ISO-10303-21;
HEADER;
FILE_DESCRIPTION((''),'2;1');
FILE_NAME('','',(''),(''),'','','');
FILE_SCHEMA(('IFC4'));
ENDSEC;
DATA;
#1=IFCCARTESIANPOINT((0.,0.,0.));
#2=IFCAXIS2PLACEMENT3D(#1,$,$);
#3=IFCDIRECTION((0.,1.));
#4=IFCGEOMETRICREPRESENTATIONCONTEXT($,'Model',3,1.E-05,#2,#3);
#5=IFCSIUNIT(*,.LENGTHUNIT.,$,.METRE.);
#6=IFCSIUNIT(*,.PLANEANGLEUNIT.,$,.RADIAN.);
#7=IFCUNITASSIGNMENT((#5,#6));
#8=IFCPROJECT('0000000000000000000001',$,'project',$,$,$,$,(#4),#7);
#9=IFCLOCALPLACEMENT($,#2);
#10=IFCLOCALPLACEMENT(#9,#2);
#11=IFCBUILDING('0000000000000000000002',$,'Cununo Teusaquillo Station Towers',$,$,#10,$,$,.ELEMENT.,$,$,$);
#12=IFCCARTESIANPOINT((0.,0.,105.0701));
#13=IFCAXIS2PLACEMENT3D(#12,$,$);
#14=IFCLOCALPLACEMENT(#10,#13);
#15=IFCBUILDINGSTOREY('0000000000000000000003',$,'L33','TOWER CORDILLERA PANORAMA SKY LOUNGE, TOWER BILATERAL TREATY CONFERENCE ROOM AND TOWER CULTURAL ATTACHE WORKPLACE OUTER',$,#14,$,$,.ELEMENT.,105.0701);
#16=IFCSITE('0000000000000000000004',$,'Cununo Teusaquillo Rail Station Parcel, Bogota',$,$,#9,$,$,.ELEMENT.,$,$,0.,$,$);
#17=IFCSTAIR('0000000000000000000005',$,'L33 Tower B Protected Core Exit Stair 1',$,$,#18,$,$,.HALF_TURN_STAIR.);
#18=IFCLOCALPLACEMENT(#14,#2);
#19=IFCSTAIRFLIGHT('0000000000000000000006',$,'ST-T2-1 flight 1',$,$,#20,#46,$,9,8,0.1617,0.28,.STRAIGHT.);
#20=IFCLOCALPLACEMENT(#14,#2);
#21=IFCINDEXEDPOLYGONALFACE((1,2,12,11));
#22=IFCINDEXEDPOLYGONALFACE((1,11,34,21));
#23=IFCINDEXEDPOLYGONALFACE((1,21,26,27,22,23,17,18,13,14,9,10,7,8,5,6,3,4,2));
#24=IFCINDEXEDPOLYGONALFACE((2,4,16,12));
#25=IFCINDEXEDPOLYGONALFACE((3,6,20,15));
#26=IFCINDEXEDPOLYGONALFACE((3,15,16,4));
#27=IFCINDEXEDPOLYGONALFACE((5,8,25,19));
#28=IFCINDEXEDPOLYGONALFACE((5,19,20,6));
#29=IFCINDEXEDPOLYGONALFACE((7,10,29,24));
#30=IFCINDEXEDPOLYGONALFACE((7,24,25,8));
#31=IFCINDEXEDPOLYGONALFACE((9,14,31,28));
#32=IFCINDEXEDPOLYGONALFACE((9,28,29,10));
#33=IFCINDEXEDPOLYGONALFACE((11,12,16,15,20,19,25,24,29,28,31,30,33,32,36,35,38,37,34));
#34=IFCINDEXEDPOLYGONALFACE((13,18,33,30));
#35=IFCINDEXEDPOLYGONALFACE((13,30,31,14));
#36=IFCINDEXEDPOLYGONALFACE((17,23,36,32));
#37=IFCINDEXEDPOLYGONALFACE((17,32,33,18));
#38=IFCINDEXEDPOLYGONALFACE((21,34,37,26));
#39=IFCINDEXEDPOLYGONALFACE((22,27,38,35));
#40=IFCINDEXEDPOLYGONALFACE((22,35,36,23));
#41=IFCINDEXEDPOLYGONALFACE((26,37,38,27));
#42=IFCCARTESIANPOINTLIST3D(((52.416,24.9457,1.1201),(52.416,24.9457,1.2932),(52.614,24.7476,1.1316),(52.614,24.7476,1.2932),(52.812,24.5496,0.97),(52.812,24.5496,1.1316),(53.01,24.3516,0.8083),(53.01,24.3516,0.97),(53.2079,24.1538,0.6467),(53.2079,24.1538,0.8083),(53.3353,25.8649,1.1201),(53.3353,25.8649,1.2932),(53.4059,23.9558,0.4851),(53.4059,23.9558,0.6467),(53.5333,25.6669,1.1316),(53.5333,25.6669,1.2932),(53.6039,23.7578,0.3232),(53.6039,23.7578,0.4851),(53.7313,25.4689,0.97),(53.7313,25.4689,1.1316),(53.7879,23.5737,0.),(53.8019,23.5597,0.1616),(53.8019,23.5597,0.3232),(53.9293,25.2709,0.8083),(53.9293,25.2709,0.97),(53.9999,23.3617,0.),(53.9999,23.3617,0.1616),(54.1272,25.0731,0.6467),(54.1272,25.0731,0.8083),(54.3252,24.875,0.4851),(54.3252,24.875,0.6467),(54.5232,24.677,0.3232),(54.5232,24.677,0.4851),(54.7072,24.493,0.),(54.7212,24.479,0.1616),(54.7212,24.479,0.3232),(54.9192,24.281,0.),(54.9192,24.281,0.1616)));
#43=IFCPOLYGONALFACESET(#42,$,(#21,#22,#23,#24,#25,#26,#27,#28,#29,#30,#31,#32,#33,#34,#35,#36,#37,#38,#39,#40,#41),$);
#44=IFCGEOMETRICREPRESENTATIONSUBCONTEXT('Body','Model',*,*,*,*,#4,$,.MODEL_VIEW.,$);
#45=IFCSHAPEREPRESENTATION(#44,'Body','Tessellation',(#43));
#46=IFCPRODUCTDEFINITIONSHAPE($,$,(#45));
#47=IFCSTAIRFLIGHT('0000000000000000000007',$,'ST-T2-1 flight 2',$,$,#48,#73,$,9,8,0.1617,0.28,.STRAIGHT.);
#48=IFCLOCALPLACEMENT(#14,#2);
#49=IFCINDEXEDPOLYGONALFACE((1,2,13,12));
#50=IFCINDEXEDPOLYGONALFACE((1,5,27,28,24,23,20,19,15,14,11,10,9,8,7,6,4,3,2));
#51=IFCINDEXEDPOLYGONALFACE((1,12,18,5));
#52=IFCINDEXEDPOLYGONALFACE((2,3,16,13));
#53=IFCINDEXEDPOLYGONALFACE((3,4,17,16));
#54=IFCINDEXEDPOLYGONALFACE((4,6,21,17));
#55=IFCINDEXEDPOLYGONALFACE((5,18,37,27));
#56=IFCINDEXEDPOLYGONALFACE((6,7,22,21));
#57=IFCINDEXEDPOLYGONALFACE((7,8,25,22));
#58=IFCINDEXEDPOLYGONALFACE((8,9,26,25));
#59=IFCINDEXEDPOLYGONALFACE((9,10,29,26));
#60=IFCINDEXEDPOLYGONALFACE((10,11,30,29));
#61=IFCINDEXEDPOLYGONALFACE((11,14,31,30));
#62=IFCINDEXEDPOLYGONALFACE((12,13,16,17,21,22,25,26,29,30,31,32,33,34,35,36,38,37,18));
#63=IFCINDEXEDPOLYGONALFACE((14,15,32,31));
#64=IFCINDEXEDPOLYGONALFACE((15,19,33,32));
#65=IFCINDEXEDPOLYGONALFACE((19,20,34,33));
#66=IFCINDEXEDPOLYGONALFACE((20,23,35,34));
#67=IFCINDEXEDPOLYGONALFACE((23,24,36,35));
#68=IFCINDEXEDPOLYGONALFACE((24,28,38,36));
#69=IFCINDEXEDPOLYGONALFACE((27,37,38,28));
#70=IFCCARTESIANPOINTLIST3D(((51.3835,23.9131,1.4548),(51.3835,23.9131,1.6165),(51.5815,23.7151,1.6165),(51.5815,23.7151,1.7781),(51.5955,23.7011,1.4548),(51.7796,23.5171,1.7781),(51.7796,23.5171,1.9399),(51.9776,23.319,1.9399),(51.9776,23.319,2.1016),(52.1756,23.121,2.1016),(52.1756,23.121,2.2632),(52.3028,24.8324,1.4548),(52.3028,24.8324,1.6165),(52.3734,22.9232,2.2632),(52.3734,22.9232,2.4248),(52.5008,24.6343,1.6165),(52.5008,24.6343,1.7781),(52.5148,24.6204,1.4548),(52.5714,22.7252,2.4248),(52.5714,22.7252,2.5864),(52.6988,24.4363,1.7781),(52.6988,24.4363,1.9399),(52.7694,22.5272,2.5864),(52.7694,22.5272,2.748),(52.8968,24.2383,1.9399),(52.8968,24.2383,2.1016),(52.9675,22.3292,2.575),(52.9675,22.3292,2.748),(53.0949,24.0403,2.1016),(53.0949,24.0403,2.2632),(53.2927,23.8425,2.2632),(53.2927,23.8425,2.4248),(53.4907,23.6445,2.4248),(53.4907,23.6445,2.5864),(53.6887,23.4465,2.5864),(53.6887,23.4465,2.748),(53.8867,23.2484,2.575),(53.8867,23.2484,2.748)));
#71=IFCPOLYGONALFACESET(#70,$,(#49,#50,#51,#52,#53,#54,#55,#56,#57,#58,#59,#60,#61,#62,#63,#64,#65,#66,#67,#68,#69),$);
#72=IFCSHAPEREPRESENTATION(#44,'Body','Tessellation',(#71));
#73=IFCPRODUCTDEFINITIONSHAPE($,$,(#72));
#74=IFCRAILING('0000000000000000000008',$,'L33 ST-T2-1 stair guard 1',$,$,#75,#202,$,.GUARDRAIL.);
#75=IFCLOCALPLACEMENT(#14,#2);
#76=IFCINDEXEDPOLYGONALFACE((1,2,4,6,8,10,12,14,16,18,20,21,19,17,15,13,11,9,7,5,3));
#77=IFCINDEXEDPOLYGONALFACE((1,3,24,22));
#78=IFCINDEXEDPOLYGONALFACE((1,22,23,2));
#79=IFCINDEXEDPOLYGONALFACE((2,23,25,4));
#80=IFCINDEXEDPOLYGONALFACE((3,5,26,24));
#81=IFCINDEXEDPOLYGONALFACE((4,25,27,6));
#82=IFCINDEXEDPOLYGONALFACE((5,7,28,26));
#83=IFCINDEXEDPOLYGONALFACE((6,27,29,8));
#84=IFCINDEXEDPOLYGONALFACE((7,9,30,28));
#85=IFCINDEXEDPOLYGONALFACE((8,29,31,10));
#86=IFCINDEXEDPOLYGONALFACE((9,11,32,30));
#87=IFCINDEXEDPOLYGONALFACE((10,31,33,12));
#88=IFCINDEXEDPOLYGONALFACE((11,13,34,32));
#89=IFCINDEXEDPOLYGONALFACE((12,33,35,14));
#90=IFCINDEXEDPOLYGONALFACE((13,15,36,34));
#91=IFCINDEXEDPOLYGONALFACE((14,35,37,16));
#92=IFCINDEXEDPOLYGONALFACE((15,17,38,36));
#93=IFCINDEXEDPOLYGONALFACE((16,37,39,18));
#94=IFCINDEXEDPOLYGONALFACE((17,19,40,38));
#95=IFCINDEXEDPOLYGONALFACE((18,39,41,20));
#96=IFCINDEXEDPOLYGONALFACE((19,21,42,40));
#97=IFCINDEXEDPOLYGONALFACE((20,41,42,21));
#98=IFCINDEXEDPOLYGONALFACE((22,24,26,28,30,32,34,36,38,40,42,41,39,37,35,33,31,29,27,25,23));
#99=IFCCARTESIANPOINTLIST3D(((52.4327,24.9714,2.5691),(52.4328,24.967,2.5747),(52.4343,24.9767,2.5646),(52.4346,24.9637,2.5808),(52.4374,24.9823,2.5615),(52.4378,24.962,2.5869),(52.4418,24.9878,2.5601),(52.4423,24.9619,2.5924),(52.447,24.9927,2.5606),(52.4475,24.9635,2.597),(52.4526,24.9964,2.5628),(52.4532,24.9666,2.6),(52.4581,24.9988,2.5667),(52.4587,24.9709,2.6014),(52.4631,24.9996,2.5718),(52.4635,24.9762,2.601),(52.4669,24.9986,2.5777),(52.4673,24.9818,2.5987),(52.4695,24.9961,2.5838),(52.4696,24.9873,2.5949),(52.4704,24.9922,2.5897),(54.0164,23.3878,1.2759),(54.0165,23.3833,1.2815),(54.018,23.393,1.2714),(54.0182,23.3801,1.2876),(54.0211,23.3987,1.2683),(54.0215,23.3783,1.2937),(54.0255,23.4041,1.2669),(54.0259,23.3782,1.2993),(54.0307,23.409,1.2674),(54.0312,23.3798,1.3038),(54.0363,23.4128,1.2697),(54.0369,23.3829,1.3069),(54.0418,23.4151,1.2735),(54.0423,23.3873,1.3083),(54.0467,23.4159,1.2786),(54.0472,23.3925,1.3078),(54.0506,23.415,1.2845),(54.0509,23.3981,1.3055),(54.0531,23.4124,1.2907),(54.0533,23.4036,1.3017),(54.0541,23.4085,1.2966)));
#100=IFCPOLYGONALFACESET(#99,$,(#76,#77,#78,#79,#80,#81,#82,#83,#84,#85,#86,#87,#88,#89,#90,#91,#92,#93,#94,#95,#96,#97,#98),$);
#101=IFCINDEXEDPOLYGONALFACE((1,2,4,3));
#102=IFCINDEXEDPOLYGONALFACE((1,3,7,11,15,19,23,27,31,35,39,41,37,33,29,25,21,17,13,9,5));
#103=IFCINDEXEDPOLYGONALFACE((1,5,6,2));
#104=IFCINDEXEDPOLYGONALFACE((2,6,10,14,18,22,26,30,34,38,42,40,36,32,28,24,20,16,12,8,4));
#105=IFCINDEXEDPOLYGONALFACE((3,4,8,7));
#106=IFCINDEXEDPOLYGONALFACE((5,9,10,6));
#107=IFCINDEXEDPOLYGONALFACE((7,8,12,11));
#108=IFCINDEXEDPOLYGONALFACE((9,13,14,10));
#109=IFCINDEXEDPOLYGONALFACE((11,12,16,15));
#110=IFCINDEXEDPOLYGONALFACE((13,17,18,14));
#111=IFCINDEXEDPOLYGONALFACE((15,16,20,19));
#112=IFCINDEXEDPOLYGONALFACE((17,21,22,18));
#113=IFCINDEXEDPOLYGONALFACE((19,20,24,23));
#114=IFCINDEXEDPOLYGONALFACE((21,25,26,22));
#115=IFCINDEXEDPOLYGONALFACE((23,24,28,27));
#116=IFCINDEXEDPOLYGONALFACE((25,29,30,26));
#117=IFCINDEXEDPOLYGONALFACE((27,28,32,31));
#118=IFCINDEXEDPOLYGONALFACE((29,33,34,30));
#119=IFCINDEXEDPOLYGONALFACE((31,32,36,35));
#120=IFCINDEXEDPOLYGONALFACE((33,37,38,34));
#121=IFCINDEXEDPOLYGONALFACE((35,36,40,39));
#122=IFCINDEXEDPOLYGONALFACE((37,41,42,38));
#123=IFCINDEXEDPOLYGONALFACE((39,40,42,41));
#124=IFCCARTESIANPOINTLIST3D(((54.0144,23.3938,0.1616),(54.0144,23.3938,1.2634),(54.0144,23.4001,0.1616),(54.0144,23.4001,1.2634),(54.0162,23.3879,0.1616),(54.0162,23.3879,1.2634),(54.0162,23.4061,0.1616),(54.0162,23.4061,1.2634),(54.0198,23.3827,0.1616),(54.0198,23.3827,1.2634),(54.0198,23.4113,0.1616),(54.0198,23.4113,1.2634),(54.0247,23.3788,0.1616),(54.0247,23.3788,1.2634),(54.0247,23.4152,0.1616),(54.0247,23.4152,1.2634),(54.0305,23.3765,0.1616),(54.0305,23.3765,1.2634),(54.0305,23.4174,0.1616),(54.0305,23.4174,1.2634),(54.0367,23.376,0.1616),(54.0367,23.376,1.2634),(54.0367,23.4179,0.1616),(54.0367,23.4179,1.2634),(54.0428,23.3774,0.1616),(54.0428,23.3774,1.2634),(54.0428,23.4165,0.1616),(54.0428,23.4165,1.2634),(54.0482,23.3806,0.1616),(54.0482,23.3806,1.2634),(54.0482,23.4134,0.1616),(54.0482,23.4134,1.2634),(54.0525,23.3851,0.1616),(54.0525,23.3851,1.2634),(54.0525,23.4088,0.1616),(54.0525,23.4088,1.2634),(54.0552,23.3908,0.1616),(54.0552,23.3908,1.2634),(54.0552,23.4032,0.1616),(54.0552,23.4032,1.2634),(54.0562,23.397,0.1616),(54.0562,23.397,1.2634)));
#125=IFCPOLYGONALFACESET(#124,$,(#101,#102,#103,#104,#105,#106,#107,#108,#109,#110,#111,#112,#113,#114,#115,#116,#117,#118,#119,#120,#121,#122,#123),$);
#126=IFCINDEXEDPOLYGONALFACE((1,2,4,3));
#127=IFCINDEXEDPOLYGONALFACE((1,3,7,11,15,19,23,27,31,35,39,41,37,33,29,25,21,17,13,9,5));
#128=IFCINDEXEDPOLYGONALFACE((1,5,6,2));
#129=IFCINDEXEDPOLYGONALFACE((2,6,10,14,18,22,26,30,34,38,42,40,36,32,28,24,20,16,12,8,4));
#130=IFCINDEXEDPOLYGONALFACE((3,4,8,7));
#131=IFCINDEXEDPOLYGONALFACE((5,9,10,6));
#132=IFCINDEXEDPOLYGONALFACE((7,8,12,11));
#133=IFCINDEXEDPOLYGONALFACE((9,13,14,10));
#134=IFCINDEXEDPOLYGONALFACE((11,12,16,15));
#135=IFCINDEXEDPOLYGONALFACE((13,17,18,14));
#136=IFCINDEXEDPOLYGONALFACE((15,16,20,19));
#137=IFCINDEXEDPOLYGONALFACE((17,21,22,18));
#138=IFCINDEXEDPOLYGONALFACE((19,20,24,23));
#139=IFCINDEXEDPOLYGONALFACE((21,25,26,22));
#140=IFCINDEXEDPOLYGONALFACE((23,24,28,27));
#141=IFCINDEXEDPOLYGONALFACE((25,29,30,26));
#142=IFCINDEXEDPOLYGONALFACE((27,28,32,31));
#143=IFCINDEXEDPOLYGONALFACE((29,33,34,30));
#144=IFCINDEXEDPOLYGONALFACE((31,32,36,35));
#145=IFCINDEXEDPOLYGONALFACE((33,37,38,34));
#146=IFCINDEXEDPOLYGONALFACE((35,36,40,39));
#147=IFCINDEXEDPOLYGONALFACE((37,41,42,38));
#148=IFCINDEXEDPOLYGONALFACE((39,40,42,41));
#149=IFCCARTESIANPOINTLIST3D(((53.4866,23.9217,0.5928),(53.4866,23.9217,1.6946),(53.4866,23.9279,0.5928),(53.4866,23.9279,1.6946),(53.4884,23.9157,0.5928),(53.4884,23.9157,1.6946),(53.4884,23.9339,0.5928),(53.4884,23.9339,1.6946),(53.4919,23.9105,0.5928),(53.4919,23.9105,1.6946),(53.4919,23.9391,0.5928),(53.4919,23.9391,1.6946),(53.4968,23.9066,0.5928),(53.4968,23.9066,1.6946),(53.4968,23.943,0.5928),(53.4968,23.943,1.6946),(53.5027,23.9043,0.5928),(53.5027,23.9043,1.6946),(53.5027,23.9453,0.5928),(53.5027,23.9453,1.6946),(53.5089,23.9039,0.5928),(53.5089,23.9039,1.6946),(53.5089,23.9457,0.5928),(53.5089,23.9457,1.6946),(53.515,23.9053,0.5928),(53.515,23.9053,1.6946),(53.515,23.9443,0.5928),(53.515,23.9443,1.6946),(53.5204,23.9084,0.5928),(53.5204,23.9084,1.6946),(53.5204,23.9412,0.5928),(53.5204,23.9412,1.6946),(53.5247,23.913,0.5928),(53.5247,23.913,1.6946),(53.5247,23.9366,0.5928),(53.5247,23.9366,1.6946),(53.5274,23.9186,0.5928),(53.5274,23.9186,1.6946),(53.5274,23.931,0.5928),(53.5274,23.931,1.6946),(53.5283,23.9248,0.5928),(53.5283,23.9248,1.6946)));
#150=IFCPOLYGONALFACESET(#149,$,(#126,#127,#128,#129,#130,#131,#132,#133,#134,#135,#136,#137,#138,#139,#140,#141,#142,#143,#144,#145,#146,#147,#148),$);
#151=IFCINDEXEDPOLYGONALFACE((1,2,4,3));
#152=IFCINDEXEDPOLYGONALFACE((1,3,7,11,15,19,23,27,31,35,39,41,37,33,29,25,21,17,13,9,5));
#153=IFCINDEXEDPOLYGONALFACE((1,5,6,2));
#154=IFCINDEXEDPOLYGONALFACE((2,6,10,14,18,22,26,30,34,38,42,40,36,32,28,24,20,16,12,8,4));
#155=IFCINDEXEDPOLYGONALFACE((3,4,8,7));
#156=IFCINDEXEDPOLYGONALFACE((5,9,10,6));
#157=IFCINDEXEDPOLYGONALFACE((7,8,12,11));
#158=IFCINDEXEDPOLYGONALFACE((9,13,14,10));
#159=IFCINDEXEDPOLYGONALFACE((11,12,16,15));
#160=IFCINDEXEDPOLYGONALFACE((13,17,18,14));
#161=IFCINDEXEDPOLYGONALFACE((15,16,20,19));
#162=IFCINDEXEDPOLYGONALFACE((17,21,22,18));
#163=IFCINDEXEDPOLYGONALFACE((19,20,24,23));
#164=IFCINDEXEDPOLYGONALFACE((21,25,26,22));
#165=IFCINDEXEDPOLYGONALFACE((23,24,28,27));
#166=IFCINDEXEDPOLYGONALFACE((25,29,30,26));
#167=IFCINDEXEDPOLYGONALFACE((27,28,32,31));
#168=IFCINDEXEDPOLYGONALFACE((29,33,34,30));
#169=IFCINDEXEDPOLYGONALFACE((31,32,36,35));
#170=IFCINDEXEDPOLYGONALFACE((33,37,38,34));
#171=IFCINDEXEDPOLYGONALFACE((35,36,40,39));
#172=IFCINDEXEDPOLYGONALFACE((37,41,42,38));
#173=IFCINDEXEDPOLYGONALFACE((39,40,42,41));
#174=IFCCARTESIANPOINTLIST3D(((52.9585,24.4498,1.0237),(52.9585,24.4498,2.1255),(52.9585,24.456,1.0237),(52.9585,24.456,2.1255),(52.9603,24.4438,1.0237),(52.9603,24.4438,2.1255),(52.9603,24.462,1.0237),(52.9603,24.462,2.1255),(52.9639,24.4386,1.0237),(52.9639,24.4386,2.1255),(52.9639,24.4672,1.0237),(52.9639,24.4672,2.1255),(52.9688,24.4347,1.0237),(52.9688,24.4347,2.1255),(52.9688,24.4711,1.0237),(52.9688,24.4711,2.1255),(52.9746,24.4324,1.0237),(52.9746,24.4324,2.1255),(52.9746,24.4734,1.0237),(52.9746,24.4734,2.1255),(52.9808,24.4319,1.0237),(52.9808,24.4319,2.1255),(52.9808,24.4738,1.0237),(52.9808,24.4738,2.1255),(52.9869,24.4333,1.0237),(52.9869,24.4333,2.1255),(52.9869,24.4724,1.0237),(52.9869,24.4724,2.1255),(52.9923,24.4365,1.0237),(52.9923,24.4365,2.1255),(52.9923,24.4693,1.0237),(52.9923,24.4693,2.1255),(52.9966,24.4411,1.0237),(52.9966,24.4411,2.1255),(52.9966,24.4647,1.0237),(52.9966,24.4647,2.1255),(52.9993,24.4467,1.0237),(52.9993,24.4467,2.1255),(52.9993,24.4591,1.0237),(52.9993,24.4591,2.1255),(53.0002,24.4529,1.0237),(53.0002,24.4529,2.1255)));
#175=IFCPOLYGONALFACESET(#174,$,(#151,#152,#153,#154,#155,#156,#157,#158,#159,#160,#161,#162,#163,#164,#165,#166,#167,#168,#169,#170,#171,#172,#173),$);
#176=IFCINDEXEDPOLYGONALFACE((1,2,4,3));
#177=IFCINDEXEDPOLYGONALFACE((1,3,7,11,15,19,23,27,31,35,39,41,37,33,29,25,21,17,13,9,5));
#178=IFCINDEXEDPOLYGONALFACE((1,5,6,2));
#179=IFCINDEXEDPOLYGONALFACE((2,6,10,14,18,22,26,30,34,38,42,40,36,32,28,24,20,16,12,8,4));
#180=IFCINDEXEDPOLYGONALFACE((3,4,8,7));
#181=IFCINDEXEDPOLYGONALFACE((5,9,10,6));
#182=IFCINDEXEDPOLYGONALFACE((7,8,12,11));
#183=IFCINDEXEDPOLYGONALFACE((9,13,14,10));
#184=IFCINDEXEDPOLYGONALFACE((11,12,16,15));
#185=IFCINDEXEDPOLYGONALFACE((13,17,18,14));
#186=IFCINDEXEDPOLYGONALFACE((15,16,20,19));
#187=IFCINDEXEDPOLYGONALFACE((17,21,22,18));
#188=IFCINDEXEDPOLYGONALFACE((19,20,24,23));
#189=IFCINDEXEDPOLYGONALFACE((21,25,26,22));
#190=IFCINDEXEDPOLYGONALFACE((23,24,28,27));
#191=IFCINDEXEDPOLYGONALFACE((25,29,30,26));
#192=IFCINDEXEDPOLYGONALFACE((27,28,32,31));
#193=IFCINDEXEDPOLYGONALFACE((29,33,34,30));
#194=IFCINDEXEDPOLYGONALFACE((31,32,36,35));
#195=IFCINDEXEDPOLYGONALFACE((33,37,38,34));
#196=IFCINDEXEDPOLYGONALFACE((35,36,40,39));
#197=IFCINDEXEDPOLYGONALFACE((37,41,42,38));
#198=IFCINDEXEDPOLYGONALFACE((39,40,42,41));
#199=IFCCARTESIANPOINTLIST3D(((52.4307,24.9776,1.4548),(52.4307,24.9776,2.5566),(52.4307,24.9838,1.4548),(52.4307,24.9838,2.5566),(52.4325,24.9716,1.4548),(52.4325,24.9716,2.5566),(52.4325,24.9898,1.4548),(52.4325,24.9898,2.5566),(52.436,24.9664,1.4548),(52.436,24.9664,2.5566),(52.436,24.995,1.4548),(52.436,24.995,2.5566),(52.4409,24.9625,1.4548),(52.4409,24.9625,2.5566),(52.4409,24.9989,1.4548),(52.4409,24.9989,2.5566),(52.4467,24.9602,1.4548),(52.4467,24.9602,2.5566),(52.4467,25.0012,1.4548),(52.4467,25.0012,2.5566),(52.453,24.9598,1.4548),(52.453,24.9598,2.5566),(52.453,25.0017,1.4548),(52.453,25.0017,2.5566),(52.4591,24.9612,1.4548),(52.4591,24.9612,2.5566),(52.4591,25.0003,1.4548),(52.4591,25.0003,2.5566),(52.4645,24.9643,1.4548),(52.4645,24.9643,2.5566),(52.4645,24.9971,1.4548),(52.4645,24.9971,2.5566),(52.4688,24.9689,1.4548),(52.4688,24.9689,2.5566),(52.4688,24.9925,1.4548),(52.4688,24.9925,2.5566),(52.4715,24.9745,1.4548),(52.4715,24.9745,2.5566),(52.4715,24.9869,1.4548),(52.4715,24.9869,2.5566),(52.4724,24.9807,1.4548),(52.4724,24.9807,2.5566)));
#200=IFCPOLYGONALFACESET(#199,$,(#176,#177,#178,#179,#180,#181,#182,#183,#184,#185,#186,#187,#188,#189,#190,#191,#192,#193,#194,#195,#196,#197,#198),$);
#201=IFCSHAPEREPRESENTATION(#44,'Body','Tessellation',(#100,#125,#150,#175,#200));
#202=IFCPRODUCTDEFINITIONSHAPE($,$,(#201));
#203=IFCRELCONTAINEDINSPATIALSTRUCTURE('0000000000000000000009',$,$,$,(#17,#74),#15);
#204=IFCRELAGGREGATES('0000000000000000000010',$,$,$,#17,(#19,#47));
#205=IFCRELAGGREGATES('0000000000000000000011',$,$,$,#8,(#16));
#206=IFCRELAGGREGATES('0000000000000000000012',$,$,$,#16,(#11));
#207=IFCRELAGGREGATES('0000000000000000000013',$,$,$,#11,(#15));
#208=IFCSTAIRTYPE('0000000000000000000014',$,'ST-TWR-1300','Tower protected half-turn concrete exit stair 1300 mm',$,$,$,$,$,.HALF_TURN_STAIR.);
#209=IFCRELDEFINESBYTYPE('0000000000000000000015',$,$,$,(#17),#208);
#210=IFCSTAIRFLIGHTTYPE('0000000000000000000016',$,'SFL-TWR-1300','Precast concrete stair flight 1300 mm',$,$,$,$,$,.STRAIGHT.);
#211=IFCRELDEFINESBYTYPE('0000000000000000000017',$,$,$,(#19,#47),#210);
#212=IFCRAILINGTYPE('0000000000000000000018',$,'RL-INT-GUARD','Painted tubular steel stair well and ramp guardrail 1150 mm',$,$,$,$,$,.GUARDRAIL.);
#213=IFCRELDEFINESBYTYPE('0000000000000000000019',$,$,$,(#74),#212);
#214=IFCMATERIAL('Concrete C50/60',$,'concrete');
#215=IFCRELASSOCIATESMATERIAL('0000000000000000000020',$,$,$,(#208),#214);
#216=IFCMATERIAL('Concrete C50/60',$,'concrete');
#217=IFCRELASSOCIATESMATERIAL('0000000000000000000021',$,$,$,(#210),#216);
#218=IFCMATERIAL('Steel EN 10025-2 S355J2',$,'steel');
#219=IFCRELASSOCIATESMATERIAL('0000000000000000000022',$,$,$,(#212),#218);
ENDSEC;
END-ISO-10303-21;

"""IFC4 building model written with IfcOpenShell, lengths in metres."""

from ifc_helpers import new_model, si_unit, direction, frame, origin, origin_2d, place, context, subcontext, project, spatial, polyline, circle, outline, extrude, material, type_object, element, aggregate, save


model = new_model("IFC4")

# Units and contexts
model_context = context("Model", 3, precision=1e-05, world=origin(), true_north=direction((0.0, 1.0)))
body_context = subcontext(model_context, "Body", "Model", "MODEL_VIEW")
ifc_project = project(units=[si_unit("LENGTHUNIT", "METRE"), si_unit("PLANEANGLEUNIT", "RADIAN")], contexts=[model_context])

# Site, building, storey
site_placement = place(None, origin())
site = spatial("IfcSite", under=ifc_project, at=site_placement, Name="Cununo Teusaquillo Rail Station Parcel, Bogota", CompositionType="ELEMENT", RefElevation=0.0)
building_placement = place(site_placement, origin())
building = spatial("IfcBuilding", under=site, at=building_placement, Name="Cununo Teusaquillo Station Towers", CompositionType="ELEMENT")
storey_placement = place(building_placement, frame((0.0, 0.0, 105.0701)))
storey = spatial("IfcBuildingStorey", under=building, at=storey_placement, Name="L33", Description="TOWER CORDILLERA PANORAMA SKY LOUNGE, TOWER BILATERAL TREATY CONFERENCE ROOM AND TOWER CULTURAL ATTACHE WORKPLACE OUTER", CompositionType="ELEMENT", Elevation=105.0701)

# Stair, stair flights
ifc_material_1 = material(Name="Concrete C50/60", Category="concrete")
stair_type = type_object("IfcStairType", Name="ST-TWR-1300", Description="Tower protected half-turn concrete exit stair 1300 mm", PredefinedType="HALF_TURN_STAIR", material=ifc_material_1)
stair_placement = place(storey_placement, origin())
stair = element("IfcStair", 1, at=stair_placement, inside=storey, type_object=stair_type, Name="L33 Tower B Protected Core Exit Stair 1", PredefinedType="HALF_TURN_STAIR")
ifc_material_2 = material(Name="Concrete C50/60", Category="concrete")
stair_flight_type = type_object("IfcStairFlightType", Name="SFL-TWR-1300", Description="Precast concrete stair flight 1300 mm", PredefinedType="STRAIGHT", material=ifc_material_2)
stair_flight_1_placement = place(storey_placement, frame((54.4595, 23.8213, 0.0), z_axis=(0.0, 0.0, 1.0), x_axis=(-0.707107, 0.707107, 0.0)))
stair_flight_1 = element("IfcStairFlight", 2, at=stair_flight_1_placement, type_object=stair_flight_type, Name="ST-T2-1 flight 1", NumberOfRisers=9, NumberOfTreads=8, PredefinedType="STRAIGHT", RiserHeight=0.1617, TreadLength=0.28, context=body_context, shape_type="SweptSolid", body=[
    extrude(outline(polyline([(0.0, 0.0), (0.0, 0.1616), (0.28, 0.1616), (0.28, 0.3232), (0.5601, 0.3232), (0.5601, 0.4851), (0.8401, 0.4851), (0.8401, 0.6467), (1.1201, 0.6467), (1.1201, 0.8083), (1.3999, 0.8083), (1.3999, 0.97), (1.6799, 0.97), (1.6799, 1.1316), (1.96, 1.1316), (1.96, 1.2932), (2.24, 1.2932), (2.24, 1.4551), (2.24, 1.1201), (0.2998, 0.0), (0.0, 0.0)])), frame((0.0, 0.6499, 0.0), z_axis=(0.0, -1.0, 0.0), x_axis=(1.0, 0.0, 0.0)), (0.0, 0.0, 1.0), 1.3),
])
stair_flight_2_placement = place(storey_placement, frame((51.8433, 24.3728, 1.4548), z_axis=(0.0, 0.0, 1.0), x_axis=(0.707107, -0.707107, 0.0)))
stair_flight_2 = element("IfcStairFlight", 3, at=stair_flight_2_placement, type_object=stair_flight_type, Name="ST-T2-1 flight 2", NumberOfRisers=9, NumberOfTreads=8, PredefinedType="STRAIGHT", RiserHeight=0.1617, TreadLength=0.28, context=body_context, shape_type="SweptSolid", body=[
    extrude(outline(polyline([(0.0, 0.0), (0.0, 0.1616), (0.28, 0.1616), (0.28, 0.3232), (0.5601, 0.3232), (0.5601, 0.4851), (0.8401, 0.4851), (0.8401, 0.6467), (1.1201, 0.6467), (1.1201, 0.8083), (1.3999, 0.8083), (1.3999, 0.97), (1.6799, 0.97), (1.6799, 1.1316), (1.96, 1.1316), (1.96, 1.2932), (2.24, 1.2932), (2.24, 1.4551), (2.24, 1.1201), (0.2998, 0.0), (0.0, 0.0)])), frame((0.0, 0.6499, 0.0), z_axis=(0.0, -1.0, 0.0), x_axis=(1.0, 0.0, 0.0)), (0.0, 0.0, 1.0), 1.3),
])
aggregate(stair, [stair_flight_1, stair_flight_2])

# Railing
ifc_material_3 = material(Name="Steel EN 10025-2 S355J2", Category="steel")
railing_type_1 = type_object("IfcRailingType", Name="RL-INT-GUARD", Description="Painted tubular steel stair well and ramp guardrail 1150 mm", PredefinedType="GUARDRAIL", material=ifc_material_3)
railing_1_placement = place(storey_placement, frame((54.0352, 23.397, 0.1616)))
element("IfcRailing", 4, at=railing_1_placement, inside=storey, type_object=railing_type_1, Name="L33 ST-T2-1 stair guard 1", PredefinedType="GUARDRAIL", context=body_context, shape_type="SweptSolid", body=[
    extrude(circle(Radius=0.0239, at=origin_2d()), frame((0.0, 0.0, 1.126), z_axis=(-0.612361, 0.612361, 0.500027), x_axis=(-0.707107, -0.707107, 0.0)), (0.0, 0.0, 1.0), 2.5862),
    extrude(circle(Radius=0.021, at=origin_2d()), origin(), (0.0, 0.0, 1.0), 1.1018),
    extrude(circle(Radius=0.021, at=origin_2d()), frame((-0.5278, 0.5278, 0.4312)), (0.0, 0.0, 1.0), 1.1018),
    extrude(circle(Radius=0.021, at=origin_2d()), frame((-1.0559, 1.0559, 0.8621)), (0.0, 0.0, 1.0), 1.1018),
    extrude(circle(Radius=0.021, at=origin_2d()), frame((-1.5837, 1.5837, 1.2932)), (0.0, 0.0, 1.0), 1.1018),
])

save(model, "model.ifc")
